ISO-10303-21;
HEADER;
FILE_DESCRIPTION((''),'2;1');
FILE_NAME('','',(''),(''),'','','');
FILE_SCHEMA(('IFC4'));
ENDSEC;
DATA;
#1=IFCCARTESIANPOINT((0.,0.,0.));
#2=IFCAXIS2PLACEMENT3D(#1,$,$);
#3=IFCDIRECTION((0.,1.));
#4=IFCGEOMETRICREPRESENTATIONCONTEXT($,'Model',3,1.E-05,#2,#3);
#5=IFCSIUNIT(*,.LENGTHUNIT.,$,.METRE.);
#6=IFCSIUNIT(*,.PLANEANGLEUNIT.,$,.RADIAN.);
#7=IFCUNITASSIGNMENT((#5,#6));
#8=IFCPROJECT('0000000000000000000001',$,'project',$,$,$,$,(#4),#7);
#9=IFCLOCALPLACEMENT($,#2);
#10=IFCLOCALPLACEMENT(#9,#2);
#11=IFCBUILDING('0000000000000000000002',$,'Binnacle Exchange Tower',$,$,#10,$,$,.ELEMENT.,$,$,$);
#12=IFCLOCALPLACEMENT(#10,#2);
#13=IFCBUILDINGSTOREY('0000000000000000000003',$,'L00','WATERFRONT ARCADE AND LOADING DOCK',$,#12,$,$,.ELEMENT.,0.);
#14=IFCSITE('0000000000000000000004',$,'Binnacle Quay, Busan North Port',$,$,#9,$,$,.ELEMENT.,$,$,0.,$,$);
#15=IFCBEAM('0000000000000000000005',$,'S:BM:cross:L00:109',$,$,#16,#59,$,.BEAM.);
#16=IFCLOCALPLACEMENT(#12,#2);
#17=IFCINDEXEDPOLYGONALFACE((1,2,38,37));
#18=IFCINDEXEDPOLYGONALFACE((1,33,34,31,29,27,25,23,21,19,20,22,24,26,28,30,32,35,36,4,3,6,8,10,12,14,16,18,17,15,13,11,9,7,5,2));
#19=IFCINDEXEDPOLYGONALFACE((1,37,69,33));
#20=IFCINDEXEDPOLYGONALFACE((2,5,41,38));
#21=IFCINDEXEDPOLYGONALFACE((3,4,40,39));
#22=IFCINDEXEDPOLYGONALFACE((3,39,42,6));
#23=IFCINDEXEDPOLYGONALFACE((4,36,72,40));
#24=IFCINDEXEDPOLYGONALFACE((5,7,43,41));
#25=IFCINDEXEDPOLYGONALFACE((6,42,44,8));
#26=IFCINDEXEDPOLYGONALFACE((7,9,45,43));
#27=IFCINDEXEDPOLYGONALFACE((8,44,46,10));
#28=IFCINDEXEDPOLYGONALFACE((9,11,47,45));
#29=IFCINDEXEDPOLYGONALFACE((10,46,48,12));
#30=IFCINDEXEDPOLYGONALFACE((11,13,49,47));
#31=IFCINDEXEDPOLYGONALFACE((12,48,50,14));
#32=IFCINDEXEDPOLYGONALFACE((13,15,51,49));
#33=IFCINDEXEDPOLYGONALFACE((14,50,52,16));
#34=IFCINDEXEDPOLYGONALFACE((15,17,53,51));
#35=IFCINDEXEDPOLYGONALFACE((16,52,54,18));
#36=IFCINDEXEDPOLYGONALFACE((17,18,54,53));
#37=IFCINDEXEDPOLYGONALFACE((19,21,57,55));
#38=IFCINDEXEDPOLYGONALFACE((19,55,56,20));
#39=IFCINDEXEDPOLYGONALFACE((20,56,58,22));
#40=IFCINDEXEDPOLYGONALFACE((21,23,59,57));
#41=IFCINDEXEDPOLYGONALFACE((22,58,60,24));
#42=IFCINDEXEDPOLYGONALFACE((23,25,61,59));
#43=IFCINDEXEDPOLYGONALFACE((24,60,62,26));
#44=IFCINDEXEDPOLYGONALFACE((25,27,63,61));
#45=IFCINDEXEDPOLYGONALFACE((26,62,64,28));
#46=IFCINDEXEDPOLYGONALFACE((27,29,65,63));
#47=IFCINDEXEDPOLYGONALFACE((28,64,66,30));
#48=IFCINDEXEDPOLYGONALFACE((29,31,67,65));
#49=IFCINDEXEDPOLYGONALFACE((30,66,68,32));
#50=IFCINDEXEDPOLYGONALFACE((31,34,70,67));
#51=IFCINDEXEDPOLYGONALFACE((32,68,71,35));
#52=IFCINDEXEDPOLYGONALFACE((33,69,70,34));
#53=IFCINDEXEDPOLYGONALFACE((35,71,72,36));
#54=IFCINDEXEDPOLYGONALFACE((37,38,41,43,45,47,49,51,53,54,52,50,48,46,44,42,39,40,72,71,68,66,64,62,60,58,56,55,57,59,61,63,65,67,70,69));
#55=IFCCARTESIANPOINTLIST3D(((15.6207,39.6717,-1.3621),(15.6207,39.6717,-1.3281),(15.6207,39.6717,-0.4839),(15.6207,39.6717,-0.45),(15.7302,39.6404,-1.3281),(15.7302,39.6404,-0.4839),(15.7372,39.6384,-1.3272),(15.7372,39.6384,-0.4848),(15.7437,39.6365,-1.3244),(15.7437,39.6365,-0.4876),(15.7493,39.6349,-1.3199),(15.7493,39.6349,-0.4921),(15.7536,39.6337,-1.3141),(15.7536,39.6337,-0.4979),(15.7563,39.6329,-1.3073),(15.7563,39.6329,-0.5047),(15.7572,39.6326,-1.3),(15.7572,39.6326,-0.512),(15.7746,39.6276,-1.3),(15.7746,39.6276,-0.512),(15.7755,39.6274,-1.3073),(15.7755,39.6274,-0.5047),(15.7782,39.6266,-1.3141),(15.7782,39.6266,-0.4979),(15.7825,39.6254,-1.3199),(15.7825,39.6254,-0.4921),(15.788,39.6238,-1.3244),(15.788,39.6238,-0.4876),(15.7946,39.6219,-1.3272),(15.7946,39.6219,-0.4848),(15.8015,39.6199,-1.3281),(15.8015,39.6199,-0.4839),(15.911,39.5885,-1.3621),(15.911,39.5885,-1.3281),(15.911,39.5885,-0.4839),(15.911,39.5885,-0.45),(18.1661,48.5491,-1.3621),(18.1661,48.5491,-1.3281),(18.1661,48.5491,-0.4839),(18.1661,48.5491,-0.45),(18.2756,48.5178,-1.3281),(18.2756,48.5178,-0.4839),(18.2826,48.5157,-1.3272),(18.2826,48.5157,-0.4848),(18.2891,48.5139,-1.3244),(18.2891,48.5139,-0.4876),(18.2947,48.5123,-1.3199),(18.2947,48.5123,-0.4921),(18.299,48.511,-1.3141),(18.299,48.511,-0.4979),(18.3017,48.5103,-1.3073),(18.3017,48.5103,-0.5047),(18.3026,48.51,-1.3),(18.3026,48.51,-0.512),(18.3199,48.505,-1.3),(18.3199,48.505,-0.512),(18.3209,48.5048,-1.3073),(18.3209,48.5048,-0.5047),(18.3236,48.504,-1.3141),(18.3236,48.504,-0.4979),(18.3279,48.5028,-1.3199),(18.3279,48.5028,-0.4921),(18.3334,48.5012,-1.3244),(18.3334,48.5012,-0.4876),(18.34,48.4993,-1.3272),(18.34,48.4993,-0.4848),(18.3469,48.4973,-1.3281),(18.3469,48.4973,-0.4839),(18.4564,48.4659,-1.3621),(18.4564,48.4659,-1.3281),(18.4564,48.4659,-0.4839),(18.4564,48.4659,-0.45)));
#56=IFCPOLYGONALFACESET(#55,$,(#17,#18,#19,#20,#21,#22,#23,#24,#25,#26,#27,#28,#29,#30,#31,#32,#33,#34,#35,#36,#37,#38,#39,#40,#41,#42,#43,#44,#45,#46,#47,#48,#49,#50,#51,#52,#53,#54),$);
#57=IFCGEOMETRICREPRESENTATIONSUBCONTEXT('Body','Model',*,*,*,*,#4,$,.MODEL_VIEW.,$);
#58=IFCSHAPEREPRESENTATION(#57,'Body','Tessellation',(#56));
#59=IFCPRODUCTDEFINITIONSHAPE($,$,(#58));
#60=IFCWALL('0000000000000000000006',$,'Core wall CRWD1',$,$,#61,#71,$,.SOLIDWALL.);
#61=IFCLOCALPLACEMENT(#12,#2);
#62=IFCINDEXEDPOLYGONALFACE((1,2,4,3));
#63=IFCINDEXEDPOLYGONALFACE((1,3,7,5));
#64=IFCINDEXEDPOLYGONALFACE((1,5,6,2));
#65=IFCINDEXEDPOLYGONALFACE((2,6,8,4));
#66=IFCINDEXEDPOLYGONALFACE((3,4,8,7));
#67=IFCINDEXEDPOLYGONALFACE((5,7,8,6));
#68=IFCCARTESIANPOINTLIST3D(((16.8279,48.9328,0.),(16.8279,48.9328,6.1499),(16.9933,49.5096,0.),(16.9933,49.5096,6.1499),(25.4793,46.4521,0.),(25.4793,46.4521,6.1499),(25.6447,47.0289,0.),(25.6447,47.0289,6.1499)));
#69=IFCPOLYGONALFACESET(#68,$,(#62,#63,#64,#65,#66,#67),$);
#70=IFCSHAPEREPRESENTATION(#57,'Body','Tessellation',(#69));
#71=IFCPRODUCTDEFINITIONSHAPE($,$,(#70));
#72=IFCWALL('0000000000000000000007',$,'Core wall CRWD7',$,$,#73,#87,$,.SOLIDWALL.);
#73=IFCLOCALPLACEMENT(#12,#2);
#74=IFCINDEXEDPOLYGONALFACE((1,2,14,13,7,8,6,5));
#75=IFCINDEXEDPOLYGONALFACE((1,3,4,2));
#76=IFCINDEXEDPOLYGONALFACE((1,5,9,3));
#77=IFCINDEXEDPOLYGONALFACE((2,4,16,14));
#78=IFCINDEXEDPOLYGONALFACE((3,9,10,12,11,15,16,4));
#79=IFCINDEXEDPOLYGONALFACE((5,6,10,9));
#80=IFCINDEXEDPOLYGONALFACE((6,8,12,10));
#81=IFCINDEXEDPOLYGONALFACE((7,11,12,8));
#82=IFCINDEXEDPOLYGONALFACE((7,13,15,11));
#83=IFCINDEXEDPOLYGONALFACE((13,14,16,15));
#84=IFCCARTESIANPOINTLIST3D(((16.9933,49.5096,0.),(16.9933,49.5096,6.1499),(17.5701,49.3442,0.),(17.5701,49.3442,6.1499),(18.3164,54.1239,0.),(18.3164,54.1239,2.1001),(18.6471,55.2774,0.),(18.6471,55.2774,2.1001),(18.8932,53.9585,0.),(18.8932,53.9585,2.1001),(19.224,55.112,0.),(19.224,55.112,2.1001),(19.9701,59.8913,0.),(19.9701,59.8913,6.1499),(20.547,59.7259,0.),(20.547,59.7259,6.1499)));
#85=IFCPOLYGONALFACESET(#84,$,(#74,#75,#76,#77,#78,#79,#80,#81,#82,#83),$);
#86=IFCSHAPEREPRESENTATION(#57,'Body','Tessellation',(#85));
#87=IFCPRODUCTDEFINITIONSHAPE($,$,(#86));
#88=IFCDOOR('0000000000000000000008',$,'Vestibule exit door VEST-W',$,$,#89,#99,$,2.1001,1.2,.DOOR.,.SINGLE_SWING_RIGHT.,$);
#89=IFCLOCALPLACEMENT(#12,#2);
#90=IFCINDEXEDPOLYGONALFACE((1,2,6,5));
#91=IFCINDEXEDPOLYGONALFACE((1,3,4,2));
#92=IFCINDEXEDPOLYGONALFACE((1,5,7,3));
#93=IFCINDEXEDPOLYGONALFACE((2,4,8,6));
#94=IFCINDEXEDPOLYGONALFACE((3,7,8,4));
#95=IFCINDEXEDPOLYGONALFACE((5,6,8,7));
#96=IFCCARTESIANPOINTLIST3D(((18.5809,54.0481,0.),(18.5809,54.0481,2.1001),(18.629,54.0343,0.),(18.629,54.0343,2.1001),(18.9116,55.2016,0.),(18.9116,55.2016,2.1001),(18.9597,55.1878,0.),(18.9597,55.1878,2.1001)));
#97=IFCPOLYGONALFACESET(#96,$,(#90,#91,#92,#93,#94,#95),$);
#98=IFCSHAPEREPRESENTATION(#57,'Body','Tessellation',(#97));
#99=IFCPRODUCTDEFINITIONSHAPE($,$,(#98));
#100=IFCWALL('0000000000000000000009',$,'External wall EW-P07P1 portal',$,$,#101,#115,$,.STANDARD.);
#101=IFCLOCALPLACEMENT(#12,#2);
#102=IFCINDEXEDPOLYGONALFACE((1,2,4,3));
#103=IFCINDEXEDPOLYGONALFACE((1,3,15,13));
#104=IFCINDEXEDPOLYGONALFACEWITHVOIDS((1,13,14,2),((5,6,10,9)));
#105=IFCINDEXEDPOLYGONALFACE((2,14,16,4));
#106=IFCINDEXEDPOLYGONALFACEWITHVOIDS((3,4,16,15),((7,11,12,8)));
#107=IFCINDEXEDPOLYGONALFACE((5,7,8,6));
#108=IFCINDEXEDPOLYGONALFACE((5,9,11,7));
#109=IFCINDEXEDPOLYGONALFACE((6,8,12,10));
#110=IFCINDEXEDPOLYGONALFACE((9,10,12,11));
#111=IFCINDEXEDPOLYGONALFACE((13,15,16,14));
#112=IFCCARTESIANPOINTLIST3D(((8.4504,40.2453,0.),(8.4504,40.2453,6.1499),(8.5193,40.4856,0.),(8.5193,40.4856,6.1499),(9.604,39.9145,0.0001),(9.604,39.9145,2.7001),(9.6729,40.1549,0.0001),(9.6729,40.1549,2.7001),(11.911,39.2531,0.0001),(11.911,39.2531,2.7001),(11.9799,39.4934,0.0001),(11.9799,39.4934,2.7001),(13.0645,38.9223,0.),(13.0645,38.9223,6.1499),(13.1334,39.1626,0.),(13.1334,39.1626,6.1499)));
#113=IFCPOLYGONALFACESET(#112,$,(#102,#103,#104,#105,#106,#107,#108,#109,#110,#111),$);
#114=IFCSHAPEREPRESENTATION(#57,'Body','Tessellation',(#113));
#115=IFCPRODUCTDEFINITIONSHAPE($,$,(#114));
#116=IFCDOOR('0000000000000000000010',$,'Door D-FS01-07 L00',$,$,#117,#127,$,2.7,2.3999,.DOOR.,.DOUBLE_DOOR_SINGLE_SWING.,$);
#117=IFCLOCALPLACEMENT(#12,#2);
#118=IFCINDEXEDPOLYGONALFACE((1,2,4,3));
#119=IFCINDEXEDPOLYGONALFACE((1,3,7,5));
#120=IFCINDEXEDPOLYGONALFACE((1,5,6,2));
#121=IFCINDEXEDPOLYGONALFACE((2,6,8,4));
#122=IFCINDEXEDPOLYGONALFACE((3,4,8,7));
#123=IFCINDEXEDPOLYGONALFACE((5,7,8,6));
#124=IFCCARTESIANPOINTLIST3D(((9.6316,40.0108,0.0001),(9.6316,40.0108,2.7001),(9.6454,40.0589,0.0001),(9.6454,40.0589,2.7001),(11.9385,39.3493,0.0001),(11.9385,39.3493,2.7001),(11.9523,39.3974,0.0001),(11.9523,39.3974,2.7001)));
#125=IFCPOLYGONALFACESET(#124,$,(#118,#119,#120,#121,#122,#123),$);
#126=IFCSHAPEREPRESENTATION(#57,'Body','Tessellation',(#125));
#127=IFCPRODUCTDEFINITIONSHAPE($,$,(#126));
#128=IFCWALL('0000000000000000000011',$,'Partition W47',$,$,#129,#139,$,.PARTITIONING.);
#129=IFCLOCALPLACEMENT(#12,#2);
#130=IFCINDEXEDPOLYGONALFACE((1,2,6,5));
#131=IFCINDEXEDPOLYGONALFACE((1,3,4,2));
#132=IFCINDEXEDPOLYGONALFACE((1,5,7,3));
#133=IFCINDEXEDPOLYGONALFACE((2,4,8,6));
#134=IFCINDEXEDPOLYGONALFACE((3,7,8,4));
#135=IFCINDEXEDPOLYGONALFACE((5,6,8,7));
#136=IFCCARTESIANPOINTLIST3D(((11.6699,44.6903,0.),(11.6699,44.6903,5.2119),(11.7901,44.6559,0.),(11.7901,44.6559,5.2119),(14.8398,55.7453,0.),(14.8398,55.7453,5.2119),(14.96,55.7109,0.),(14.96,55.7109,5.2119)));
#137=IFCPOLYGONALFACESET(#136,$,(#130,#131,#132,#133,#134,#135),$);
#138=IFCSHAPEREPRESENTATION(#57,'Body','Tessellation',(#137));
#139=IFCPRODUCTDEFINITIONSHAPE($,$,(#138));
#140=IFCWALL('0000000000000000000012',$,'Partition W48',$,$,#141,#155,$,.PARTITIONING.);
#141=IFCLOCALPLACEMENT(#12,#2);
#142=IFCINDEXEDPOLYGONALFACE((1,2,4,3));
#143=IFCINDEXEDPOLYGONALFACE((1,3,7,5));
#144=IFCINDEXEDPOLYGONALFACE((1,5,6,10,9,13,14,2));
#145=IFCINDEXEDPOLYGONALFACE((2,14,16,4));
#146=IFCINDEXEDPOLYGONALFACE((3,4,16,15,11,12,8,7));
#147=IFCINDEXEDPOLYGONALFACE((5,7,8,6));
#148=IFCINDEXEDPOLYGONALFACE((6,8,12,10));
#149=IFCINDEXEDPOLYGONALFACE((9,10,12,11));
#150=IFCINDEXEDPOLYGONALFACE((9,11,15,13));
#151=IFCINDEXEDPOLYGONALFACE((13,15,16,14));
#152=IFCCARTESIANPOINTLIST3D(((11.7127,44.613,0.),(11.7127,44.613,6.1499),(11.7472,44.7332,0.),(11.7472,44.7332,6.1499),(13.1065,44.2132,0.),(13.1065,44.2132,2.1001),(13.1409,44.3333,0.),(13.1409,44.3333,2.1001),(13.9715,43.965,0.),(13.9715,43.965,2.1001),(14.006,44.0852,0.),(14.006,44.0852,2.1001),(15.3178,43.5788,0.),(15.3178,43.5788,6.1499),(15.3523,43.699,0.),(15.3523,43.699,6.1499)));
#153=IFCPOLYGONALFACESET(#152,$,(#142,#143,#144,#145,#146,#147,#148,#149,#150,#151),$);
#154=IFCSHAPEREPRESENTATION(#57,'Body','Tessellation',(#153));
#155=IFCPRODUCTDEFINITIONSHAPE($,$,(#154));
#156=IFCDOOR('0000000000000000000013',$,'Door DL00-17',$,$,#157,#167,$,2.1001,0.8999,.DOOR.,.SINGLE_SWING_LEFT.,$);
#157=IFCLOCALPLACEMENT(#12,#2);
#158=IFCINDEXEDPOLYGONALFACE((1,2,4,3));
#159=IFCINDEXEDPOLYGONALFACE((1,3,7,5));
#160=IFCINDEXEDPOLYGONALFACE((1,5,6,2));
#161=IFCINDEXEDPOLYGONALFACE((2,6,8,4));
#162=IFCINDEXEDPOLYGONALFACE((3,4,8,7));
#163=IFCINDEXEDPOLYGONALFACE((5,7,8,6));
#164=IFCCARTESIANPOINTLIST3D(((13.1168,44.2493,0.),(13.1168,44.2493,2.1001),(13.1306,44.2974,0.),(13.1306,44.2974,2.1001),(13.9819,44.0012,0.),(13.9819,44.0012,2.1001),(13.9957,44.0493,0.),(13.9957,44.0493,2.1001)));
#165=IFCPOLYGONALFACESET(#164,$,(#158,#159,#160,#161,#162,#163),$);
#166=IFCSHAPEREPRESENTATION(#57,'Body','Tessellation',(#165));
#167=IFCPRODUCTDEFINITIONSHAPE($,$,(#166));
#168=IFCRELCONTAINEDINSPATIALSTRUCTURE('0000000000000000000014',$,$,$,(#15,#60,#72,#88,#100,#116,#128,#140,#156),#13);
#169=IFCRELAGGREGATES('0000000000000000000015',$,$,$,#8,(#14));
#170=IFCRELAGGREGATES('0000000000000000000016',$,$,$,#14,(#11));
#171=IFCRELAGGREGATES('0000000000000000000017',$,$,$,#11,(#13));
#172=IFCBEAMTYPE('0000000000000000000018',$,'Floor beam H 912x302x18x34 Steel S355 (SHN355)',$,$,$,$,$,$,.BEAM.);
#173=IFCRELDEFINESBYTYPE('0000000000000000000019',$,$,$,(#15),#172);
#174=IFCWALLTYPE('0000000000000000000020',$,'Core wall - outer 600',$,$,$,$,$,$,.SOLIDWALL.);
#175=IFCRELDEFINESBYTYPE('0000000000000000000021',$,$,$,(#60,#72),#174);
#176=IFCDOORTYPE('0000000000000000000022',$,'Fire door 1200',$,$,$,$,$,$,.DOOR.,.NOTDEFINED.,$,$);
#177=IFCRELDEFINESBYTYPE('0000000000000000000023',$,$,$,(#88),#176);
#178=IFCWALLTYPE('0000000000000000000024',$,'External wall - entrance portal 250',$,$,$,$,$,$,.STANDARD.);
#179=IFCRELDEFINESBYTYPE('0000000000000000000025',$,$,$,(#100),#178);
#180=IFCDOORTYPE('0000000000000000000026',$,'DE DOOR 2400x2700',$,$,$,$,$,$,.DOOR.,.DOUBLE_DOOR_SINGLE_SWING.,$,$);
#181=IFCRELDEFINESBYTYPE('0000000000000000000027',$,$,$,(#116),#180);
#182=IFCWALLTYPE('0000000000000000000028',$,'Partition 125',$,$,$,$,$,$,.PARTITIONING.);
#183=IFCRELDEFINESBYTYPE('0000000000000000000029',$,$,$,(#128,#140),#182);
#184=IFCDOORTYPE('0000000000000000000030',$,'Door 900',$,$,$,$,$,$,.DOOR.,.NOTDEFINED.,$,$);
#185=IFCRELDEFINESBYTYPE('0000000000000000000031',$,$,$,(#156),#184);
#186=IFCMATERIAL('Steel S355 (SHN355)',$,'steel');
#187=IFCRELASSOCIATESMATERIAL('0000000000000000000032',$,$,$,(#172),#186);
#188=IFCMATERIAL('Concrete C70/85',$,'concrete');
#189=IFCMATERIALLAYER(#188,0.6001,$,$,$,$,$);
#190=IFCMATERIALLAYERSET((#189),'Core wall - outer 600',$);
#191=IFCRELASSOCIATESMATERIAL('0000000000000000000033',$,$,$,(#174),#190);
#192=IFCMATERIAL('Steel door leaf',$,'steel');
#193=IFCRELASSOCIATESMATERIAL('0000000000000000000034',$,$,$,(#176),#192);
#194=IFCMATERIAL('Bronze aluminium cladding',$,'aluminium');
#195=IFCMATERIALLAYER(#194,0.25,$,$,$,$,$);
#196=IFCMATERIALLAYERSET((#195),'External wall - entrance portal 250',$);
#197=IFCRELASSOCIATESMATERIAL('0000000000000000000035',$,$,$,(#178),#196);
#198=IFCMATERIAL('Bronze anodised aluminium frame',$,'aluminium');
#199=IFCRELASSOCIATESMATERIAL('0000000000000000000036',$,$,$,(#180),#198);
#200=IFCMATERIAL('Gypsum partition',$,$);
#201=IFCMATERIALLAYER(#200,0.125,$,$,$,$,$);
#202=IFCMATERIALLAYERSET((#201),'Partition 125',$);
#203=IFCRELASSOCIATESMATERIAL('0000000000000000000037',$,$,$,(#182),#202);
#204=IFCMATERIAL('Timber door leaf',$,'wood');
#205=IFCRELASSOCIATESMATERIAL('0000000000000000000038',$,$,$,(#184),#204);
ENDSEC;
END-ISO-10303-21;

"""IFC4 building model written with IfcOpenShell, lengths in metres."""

from ifc_helpers import new_model, si_unit, direction, frame, frame_2d, origin, origin_2d, place, context, subcontext, project, spatial, rectangle, i_section, extrude, material, layer, layer_set, material_profile, profile_set, type_object, element, fill, save


model = new_model("IFC4")

# Units and contexts
model_context = context("Model", 3, precision=1e-05, world=origin(), true_north=direction((0.0, 1.0)))
body_context = subcontext(model_context, "Body", "Model", "MODEL_VIEW")
ifc_project = project(units=[si_unit("LENGTHUNIT", "METRE"), si_unit("PLANEANGLEUNIT", "RADIAN")], contexts=[model_context])

# Site, building, storey
site_placement = place(None, origin())
site = spatial("IfcSite", under=ifc_project, at=site_placement, Name="Binnacle Quay, Busan North Port", CompositionType="ELEMENT", RefElevation=0.0)
building_placement = place(site_placement, origin())
building = spatial("IfcBuilding", under=site, at=building_placement, Name="Binnacle Exchange Tower", CompositionType="ELEMENT")
storey_placement = place(building_placement, origin())
storey = spatial("IfcBuildingStorey", under=building, at=storey_placement, Name="L00", Description="WATERFRONT ARCADE AND LOADING DOCK", CompositionType="ELEMENT", Elevation=0.0)

# Shared definitions
ifc_material_1 = material(Name="Concrete C70/85", Category="concrete")

# Shared definitions
ifc_material_2 = material(Name="Bronze anodised aluminium frame", Category="aluminium")

# Beam
ifc_material_3 = material(Name="Steel S355 (SHN355)", Category="steel")
ifc_material_profile_1 = material_profile(ifc_material_3, i_section(OverallWidth=0.302, OverallDepth=0.9121, WebThickness=0.0181, FlangeThickness=0.0339, FilletRadius=0.0281, at=origin_2d()), Name="H 912x302x18x34")
ifc_profile_set_1 = profile_set([ifc_material_profile_1], Name="Steel S355 (SHN355)")
beam_type_1 = type_object("IfcBeamType", Name="Floor beam H 912x302x18x34 Steel S355 (SHN355)", PredefinedType="BEAM", material=ifc_profile_set_1)
beam_1_placement = place(storey_placement, frame((15.7659, 39.6301, -0.906), z_axis=(0.275622, 0.961266, 0.0), x_axis=(-0.961266, 0.275622, 0.0)))
element("IfcBeam", 1, at=beam_1_placement, inside=storey, type_object=beam_type_1, Name="S:BM:cross:L00:109", PredefinedType="BEAM", context=body_context, shape_type="SweptSolid", body=[
    extrude(i_section(OverallWidth=0.302, OverallDepth=0.9121, WebThickness=0.0181, FlangeThickness=0.0339, FilletRadius=0.0281, at=origin_2d()), origin(), (0.0, 0.0, 1.0), 9.2351),
])

# Wall
ifc_layer_1 = layer(ifc_material_1, 0.6001)
ifc_layer_set_1 = layer_set([ifc_layer_1], Name="Core wall - outer 600")
wall_type_1 = type_object("IfcWallType", Name="Core wall - outer 600", PredefinedType="SOLIDWALL", material=ifc_layer_set_1)
wall_1_placement = place(storey_placement, frame((16.9106, 49.2212, 0.0), z_axis=(0.0, 0.0, 1.0), x_axis=(0.961262, -0.275635, 0.0)))
element("IfcWall", 2, at=wall_1_placement, inside=storey, type_object=wall_type_1, Name="Core wall CRWD1", PredefinedType="SOLIDWALL", context=body_context, shape_type="SweptSolid", body=[
    extrude(rectangle(XDim=9.0, YDim=0.6001, at=frame_2d((4.5, 0.0))), origin(), (0.0, 0.0, 1.0), 6.1499),
])

# Walls, openings, doors
wall_2_placement = place(storey_placement, frame((17.2817, 49.427, 0.0), z_axis=(0.0, 0.0, 1.0), x_axis=(0.275632, 0.961263, 0.0)))
wall_2 = element("IfcWall", 3, at=wall_2_placement, inside=storey, type_object=wall_type_1, Name="Core wall CRWD7", PredefinedType="SOLIDWALL", context=body_context, shape_type="SweptSolid", body=[
    extrude(rectangle(XDim=10.8, YDim=0.6001, at=frame_2d((5.3999, 0.0))), origin(), (0.0, 0.0, 1.0), 6.1499),
])
opening_1_placement = place(wall_2_placement, frame((4.8, 0.0, 0.0)))
opening_1 = element("IfcOpeningElement", 4, at=opening_1_placement, cuts=wall_2, PredefinedType="OPENING", context=body_context, shape_type="SweptSolid", body=[
    extrude(rectangle(XDim=1.2, YDim=2.1001, at=frame_2d((0.6001, 1.05))), frame((0.0, 0.3101, 0.0), z_axis=(0.0, -1.0, 0.0), x_axis=(1.0, 0.0, 0.0)), (0.0, 0.0, 1.0), 0.6201),
])
ifc_material_4 = material(Name="Steel door leaf", Category="steel")
door_type_1 = type_object("IfcDoorType", Name="Fire door 1200", OperationType="NOTDEFINED", PredefinedType="DOOR", material=ifc_material_4)
door_1_placement = place(opening_1_placement, origin())
door_1 = element("IfcDoor", 5, at=door_1_placement, inside=storey, type_object=door_type_1, Name="Vestibule exit door VEST-W", OperationType="SINGLE_SWING_RIGHT", OverallHeight=2.1001, OverallWidth=1.2, PredefinedType="DOOR", context=body_context, shape_type="SweptSolid", body=[
    extrude(rectangle(XDim=1.2, YDim=2.1001, at=frame_2d((0.6001, 1.05))), frame((0.0, 0.0249, 0.0), z_axis=(0.0, -1.0, 0.0), x_axis=(1.0, 0.0, 0.0)), (0.0, 0.0, 1.0), 0.05),
])
fill(opening_1, door_1)
ifc_material_5 = material(Name="Bronze aluminium cladding", Category="aluminium")
ifc_layer_2 = layer(ifc_material_5, 0.25)
ifc_layer_set_2 = layer_set([ifc_layer_2], Name="External wall - entrance portal 250")
wall_type_2 = type_object("IfcWallType", Name="External wall - entrance portal 250", PredefinedType="STANDARD", material=ifc_layer_set_2)
wall_3_placement = place(storey_placement, frame((13.0989, 39.0425, 0.0), z_axis=(0.0, 0.0, 1.0), x_axis=(-0.961264, 0.275628, 0.0)))
wall_3 = element("IfcWall", 6, at=wall_3_placement, inside=storey, type_object=wall_type_2, Name="External wall EW-P07P1 portal", PredefinedType="STANDARD", context=body_context, shape_type="SweptSolid", body=[
    extrude(rectangle(XDim=4.8, YDim=0.25, at=frame_2d((2.3999, 0.0))), origin(), (0.0, 0.0, 1.0), 6.1499),
])
opening_2_placement = place(wall_3_placement, frame((1.2, 0.0, 0.0)))
opening_2 = element("IfcOpeningElement", 7, at=opening_2_placement, cuts=wall_3, PredefinedType="OPENING", context=body_context, shape_type="SweptSolid", body=[
    extrude(rectangle(XDim=2.3999, YDim=2.7, at=frame_2d((1.2, 1.3501))), frame((0.0, 0.135, 0.0), z_axis=(0.0, -1.0, 0.0), x_axis=(1.0, 0.0, 0.0)), (0.0, 0.0, 1.0), 0.27),
])
door_type_2 = type_object("IfcDoorType", Name="DE DOOR 2400x2700", OperationType="DOUBLE_DOOR_SINGLE_SWING", PredefinedType="DOOR", material=ifc_material_2)
door_2_placement = place(opening_2_placement, origin())
door_2 = element("IfcDoor", 8, at=door_2_placement, inside=storey, type_object=door_type_2, Name="Door D-FS01-07 L00", OperationType="DOUBLE_DOOR_SINGLE_SWING", OverallHeight=2.7, OverallWidth=2.3999, PredefinedType="DOOR", context=body_context, shape_type="SweptSolid", body=[
    extrude(rectangle(XDim=2.3999, YDim=2.7, at=frame_2d((1.2, 1.3501))), frame((0.0, 0.0249, 0.0), z_axis=(0.0, -1.0, 0.0), x_axis=(1.0, 0.0, 0.0)), (0.0, 0.0, 1.0), 0.05),
])
fill(opening_2, door_2)

# Wall
ifc_material_6 = material(Name="Gypsum partition")
ifc_layer_3 = layer(ifc_material_6, 0.125)
ifc_layer_set_3 = layer_set([ifc_layer_3], Name="Partition 125")
wall_type_3 = type_object("IfcWallType", Name="Partition 125", PredefinedType="PARTITIONING", material=ifc_layer_set_3)
wall_4_placement = place(storey_placement, frame((11.73, 44.6731, 0.0), z_axis=(0.0, 0.0, 1.0), x_axis=(0.275635, 0.961262, 0.0)))
element("IfcWall", 9, at=wall_4_placement, inside=storey, type_object=wall_type_3, Name="Partition W47", PredefinedType="PARTITIONING", context=body_context, shape_type="SweptSolid", body=[
    extrude(rectangle(XDim=11.5005, YDim=0.125, at=frame_2d((5.7502, 0.0))), origin(), (0.0, 0.0, 1.0), 5.2119),
])

# Wall, opening, door
wall_5_placement = place(storey_placement, frame((11.73, 44.6731, 0.0), z_axis=(0.0, 0.0, 1.0), x_axis=(0.961229, -0.275753, 0.0)))
wall_5 = element("IfcWall", 10, at=wall_5_placement, inside=storey, type_object=wall_type_3, Name="Partition W48", PredefinedType="PARTITIONING", context=body_context, shape_type="SweptSolid", body=[
    extrude(rectangle(XDim=3.7505, YDim=0.125, at=frame_2d((1.8752, 0.0))), origin(), (0.0, 0.0, 1.0), 6.1499),
])
opening_3_placement = place(wall_5_placement, frame((1.45, 0.0, 0.0)))
opening_3 = element("IfcOpeningElement", 11, at=opening_3_placement, cuts=wall_5, PredefinedType="OPENING", context=body_context, shape_type="SweptSolid", body=[
    extrude(rectangle(XDim=0.8999, YDim=2.1001, at=frame_2d((0.45, 1.05))), frame((0.0, 0.0725, 0.0), z_axis=(0.0, -1.0, 0.0), x_axis=(1.0, 0.0, 0.0)), (0.0, 0.0, 1.0), 0.145),
])
ifc_material_7 = material(Name="Timber door leaf", Category="wood")
door_type_3 = type_object("IfcDoorType", Name="Door 900", OperationType="NOTDEFINED", PredefinedType="DOOR", material=ifc_material_7)
door_3_placement = place(opening_3_placement, frame((0.8999, 0.0, 0.0), z_axis=(0.0, 0.0, 1.0), x_axis=(-1.0, 0.0, 0.0)))
door_3 = element("IfcDoor", 12, at=door_3_placement, inside=storey, type_object=door_type_3, Name="Door DL00-17", OperationType="SINGLE_SWING_LEFT", OverallHeight=2.1001, OverallWidth=0.8999, PredefinedType="DOOR", context=body_context, shape_type="SweptSolid", body=[
    extrude(rectangle(XDim=0.8999, YDim=2.1001, at=frame_2d((0.45, 1.05))), frame((0.0, 0.0249, 0.0), z_axis=(0.0, -1.0, 0.0), x_axis=(1.0, 0.0, 0.0)), (0.0, 0.0, 1.0), 0.05),
])
fill(opening_3, door_3)

save(model, "model.ifc")
